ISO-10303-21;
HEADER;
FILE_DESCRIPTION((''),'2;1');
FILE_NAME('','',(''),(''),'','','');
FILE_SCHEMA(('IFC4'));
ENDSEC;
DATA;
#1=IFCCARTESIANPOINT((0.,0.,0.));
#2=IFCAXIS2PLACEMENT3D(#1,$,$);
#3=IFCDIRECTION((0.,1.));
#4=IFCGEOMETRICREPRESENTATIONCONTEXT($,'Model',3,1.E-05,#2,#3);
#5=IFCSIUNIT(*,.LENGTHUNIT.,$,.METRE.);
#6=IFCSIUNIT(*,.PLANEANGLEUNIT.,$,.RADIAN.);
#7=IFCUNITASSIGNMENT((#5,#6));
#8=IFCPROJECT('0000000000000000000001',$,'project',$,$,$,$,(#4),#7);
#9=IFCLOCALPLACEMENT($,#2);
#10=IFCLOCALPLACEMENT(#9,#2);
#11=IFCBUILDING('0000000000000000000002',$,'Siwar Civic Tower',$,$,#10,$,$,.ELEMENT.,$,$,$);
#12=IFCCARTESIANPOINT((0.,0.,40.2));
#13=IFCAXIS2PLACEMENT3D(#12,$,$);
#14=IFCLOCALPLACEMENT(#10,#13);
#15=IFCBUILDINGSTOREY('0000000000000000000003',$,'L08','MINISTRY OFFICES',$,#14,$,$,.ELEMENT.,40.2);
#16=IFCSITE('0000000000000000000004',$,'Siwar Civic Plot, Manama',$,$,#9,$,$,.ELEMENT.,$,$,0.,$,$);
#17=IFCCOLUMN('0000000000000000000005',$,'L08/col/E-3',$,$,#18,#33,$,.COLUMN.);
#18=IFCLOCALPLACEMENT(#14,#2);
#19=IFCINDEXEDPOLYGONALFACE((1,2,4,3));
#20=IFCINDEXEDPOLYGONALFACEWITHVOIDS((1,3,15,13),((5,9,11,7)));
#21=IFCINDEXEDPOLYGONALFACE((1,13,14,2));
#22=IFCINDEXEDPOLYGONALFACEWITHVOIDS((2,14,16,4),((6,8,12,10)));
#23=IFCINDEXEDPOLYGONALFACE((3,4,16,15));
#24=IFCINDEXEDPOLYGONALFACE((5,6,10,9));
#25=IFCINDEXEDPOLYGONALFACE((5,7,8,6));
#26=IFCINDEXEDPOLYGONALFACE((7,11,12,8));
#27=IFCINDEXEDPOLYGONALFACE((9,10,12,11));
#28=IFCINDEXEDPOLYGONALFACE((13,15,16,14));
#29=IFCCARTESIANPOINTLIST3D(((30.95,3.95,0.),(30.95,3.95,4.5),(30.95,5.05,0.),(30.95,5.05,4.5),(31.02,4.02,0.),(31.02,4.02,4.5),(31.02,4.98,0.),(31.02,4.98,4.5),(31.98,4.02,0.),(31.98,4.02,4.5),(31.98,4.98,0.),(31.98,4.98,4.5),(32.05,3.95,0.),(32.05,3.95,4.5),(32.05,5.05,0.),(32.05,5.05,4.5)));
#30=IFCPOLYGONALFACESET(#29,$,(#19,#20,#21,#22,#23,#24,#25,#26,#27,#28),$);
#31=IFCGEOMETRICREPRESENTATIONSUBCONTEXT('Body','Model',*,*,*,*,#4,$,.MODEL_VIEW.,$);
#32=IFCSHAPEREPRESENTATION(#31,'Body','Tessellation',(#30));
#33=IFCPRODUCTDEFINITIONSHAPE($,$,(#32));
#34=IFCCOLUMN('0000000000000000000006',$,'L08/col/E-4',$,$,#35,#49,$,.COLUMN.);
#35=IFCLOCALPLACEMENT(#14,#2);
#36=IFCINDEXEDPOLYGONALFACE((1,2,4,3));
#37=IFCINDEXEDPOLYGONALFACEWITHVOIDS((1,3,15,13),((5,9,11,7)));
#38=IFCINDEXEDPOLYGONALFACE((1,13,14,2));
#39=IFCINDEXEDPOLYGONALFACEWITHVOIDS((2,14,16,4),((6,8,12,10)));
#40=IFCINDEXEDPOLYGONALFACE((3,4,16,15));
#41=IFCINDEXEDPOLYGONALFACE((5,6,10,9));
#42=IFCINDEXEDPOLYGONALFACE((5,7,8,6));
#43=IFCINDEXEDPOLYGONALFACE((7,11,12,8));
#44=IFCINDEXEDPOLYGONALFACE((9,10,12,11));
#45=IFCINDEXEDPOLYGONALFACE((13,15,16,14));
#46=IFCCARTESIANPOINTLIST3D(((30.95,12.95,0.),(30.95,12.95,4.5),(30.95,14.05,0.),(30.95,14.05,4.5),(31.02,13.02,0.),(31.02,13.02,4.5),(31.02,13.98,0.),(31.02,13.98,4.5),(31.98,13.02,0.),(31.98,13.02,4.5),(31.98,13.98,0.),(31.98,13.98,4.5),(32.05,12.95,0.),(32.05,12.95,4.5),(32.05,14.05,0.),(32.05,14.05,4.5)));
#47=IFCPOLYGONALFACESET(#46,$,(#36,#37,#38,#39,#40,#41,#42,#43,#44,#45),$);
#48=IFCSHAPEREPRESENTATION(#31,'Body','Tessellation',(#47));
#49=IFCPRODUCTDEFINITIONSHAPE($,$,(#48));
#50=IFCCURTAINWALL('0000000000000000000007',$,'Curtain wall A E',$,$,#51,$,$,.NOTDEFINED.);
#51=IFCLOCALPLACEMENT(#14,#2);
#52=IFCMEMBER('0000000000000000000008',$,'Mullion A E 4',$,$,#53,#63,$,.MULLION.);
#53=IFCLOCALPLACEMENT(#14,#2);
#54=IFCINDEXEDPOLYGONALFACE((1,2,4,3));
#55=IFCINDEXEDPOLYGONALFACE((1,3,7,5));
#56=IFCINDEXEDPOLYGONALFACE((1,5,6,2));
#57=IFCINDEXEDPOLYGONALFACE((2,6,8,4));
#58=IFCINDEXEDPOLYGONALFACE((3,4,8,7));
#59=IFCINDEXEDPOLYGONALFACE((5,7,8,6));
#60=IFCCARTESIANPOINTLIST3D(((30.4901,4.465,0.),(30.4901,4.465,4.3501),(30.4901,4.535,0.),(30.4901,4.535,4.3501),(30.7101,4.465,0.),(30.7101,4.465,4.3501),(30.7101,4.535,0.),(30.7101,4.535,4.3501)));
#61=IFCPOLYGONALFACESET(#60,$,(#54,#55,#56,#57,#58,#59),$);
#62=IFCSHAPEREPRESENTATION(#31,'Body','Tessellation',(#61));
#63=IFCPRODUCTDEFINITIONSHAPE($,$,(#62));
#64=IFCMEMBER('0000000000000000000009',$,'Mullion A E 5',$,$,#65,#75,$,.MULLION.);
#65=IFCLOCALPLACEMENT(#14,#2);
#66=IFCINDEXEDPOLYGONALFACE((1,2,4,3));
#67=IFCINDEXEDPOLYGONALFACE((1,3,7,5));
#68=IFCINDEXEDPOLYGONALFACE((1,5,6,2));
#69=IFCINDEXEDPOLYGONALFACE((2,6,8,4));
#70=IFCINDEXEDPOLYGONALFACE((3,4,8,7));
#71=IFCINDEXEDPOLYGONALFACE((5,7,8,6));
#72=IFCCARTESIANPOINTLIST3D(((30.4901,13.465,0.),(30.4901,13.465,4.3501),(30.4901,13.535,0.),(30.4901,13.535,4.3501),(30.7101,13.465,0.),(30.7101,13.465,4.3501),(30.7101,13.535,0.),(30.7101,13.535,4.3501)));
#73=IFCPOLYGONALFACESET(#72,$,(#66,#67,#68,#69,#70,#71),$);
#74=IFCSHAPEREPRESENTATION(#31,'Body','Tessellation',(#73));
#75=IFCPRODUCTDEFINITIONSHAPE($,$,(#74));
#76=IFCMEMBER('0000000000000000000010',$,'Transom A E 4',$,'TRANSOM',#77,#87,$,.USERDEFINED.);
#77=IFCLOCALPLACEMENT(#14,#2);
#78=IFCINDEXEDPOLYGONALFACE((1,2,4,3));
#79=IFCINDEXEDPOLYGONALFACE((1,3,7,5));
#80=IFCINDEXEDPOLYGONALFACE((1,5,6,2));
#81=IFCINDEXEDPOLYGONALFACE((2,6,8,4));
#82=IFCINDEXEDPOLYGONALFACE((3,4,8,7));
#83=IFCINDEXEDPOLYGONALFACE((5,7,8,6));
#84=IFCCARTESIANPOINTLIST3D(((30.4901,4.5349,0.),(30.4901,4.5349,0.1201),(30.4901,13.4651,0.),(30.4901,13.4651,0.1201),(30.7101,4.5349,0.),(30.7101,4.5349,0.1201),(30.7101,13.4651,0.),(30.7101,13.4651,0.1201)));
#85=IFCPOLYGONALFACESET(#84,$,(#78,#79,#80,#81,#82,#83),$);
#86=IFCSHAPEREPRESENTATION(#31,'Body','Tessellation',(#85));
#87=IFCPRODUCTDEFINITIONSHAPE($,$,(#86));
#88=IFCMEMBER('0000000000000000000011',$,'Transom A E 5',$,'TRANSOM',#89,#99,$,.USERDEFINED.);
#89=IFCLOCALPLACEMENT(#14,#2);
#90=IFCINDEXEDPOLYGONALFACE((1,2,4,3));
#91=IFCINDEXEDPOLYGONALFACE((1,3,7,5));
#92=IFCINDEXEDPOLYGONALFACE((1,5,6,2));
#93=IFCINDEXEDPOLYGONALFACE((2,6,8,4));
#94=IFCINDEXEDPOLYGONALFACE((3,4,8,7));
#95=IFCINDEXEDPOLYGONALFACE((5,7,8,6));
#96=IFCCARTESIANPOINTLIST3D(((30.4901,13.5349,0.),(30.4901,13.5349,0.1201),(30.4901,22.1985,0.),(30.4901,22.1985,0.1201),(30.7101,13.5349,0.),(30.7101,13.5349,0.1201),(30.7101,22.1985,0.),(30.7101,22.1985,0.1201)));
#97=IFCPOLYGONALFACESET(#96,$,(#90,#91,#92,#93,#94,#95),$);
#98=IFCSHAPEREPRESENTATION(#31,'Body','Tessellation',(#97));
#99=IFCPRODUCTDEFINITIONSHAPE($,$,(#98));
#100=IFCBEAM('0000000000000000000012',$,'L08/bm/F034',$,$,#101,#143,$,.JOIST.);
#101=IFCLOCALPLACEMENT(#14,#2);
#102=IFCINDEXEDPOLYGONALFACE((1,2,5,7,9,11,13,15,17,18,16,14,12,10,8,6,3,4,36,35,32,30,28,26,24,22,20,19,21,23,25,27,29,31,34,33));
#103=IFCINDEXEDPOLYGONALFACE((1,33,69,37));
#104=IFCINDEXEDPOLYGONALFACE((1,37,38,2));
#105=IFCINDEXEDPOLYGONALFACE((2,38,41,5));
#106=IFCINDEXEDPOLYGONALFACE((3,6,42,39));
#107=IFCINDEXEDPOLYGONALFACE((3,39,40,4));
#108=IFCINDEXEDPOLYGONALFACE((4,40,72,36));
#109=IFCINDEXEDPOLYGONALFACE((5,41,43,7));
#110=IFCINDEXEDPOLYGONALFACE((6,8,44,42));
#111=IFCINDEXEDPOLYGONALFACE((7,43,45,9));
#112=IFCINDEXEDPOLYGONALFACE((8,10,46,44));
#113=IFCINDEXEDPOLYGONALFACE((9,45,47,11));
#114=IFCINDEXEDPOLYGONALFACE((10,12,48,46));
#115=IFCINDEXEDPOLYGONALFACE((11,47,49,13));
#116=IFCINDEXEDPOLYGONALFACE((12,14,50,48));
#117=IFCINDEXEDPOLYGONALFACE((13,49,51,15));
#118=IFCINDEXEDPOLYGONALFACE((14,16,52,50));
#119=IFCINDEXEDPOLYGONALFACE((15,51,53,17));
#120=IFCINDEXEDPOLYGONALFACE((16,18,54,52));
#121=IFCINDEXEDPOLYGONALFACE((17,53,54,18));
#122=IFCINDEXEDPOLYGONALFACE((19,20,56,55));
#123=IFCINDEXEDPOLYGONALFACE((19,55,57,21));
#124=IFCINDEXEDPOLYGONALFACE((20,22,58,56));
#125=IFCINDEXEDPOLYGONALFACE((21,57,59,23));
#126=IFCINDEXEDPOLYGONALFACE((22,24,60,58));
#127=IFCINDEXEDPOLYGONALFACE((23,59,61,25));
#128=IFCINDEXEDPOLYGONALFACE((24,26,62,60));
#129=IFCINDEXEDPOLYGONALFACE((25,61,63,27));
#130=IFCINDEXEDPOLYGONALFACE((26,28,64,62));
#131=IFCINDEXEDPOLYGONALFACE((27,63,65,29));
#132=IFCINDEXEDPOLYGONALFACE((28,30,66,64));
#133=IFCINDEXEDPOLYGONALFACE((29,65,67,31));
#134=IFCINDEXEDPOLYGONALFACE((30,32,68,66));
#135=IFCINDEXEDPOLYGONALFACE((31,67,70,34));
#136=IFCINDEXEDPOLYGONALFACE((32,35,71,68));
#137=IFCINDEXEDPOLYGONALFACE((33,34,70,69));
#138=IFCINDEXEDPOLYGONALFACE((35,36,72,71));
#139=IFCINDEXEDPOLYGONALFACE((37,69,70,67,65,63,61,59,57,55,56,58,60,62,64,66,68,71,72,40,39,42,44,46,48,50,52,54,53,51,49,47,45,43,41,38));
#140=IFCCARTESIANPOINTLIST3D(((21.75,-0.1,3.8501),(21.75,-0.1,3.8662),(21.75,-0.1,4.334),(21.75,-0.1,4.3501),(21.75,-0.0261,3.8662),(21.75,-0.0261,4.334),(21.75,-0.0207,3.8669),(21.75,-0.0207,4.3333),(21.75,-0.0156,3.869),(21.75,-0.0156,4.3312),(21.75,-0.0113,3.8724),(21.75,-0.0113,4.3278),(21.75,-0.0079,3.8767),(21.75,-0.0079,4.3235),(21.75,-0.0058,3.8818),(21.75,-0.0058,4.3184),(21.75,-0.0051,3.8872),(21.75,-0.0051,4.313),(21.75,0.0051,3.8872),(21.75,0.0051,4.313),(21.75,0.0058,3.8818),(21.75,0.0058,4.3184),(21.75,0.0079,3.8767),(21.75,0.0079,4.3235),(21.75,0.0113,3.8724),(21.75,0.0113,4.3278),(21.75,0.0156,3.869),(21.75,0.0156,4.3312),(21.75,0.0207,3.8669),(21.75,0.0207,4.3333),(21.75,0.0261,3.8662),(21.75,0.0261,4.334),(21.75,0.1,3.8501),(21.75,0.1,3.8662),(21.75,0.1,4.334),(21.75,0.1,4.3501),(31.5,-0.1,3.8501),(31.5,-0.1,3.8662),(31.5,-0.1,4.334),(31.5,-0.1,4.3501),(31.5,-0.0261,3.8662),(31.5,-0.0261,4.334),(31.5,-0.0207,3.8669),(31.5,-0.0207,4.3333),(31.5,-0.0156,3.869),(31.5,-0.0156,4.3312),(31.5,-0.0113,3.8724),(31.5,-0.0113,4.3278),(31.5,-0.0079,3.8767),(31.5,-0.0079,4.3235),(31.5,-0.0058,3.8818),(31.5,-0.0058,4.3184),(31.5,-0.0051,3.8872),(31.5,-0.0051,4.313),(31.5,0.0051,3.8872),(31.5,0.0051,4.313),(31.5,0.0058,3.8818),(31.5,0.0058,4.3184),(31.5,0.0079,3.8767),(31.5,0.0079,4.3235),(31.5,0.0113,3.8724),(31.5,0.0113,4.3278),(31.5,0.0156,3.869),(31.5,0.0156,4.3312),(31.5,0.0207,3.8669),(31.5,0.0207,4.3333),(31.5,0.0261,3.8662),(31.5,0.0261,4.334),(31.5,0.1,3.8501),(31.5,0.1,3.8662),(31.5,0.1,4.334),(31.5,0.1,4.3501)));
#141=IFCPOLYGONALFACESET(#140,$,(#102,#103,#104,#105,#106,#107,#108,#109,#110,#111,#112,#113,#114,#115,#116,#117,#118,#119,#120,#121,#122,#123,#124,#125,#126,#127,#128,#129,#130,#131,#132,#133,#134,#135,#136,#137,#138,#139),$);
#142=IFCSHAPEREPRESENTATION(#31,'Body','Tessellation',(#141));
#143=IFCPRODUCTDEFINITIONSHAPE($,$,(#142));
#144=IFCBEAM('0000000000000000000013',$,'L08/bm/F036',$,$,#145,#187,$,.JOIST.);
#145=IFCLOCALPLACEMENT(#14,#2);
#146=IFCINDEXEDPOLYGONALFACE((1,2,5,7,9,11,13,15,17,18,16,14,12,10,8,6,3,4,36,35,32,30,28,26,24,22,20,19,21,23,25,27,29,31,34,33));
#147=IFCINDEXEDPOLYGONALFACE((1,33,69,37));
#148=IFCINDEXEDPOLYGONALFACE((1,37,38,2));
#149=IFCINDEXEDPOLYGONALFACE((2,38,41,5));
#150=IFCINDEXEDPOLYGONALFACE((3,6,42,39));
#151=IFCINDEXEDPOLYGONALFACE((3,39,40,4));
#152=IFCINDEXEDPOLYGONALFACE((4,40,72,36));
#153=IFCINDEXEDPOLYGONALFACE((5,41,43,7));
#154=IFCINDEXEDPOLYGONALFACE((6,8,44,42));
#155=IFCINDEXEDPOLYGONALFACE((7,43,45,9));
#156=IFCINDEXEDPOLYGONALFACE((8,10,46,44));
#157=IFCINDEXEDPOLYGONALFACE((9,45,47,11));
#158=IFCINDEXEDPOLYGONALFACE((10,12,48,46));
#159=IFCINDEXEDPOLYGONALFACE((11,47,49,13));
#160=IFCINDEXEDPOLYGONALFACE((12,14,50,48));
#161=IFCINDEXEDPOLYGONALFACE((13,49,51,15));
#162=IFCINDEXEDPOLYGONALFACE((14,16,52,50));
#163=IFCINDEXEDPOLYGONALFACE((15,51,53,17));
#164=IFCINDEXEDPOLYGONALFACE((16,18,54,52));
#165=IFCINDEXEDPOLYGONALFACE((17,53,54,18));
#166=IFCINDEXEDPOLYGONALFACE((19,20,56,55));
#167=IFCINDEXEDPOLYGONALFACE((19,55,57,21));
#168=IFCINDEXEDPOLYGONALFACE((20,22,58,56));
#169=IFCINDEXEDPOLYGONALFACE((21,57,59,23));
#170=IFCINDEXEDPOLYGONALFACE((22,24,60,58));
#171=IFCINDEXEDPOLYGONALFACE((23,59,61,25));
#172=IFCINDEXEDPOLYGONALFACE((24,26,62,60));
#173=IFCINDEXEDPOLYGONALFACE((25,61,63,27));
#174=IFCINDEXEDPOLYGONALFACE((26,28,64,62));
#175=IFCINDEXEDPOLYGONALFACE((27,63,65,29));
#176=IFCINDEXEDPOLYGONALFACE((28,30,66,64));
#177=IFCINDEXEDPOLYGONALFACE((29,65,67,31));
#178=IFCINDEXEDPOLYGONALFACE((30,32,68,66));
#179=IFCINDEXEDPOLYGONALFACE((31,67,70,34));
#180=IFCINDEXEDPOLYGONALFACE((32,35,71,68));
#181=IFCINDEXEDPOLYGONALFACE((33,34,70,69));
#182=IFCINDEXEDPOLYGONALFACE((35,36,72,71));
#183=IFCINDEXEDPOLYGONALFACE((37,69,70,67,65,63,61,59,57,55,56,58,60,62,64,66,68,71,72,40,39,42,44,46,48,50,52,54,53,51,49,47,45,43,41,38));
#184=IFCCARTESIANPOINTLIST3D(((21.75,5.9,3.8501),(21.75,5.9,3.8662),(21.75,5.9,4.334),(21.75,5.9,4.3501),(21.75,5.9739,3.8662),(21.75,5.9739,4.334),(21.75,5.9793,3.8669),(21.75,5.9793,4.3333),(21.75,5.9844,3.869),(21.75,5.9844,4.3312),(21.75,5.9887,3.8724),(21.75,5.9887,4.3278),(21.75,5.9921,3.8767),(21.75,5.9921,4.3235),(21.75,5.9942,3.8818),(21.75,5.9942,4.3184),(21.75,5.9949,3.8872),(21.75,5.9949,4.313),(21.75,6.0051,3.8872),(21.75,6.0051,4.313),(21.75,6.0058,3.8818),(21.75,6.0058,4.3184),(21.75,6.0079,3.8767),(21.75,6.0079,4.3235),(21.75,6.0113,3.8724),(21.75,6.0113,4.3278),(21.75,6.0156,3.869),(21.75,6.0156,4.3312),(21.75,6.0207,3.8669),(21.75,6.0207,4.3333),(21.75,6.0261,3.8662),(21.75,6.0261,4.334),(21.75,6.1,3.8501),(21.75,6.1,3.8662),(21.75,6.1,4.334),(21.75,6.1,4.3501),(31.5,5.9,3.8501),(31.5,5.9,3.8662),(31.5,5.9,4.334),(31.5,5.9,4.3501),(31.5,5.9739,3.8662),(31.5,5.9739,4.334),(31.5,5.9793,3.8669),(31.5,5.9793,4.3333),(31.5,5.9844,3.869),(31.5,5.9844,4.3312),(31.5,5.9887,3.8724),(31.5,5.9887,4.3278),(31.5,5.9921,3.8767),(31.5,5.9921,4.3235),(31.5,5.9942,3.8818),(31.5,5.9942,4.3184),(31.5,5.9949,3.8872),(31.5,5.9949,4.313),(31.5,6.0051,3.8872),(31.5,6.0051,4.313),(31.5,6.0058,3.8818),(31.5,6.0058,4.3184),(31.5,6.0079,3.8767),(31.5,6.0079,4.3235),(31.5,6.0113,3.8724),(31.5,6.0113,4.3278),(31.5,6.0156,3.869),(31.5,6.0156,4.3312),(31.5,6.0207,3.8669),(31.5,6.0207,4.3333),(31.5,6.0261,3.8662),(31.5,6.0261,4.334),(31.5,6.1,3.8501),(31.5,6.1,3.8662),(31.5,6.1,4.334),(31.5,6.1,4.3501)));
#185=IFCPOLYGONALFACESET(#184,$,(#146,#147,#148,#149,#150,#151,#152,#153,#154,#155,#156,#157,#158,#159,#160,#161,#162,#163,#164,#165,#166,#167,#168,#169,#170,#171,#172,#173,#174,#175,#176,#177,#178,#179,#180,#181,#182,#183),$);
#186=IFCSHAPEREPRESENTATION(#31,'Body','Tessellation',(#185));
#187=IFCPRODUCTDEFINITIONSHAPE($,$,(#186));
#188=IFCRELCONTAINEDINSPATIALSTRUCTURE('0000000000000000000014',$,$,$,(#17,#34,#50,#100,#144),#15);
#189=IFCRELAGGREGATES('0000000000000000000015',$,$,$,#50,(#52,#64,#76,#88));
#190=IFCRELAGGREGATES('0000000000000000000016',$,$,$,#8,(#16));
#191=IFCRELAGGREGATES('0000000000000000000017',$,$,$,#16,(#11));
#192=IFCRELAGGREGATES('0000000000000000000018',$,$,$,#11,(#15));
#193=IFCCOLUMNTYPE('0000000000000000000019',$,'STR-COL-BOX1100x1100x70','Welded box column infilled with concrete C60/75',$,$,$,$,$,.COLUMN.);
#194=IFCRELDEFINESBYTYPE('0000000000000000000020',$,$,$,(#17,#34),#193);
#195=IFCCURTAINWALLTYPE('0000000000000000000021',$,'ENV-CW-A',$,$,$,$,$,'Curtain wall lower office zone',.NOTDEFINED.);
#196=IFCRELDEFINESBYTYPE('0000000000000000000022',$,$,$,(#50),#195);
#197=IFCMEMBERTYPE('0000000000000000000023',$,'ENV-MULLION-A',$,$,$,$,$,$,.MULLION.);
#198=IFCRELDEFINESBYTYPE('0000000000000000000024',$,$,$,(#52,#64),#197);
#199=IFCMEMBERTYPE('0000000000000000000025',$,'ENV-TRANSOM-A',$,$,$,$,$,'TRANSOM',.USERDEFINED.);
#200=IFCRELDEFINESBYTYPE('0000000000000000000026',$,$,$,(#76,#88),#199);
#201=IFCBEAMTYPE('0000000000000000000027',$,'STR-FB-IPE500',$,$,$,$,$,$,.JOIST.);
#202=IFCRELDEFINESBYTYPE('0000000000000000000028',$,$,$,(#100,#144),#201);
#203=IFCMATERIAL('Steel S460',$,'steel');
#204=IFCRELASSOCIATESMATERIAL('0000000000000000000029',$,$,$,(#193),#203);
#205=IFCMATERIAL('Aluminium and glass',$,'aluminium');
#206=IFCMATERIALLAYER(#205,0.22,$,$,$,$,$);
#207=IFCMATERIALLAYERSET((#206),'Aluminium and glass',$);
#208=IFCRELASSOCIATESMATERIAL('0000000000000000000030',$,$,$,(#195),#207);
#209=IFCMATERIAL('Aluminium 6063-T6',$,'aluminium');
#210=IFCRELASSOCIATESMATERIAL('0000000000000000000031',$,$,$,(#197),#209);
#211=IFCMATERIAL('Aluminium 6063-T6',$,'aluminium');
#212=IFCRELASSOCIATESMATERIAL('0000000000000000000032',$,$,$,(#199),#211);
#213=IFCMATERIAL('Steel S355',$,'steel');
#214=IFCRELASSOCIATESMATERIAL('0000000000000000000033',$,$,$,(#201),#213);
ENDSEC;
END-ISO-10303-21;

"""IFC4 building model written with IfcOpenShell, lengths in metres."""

from ifc_helpers import new_model, si_unit, direction, frame, origin, origin_2d, place, context, subcontext, project, spatial, rectangle, hollow_rectangle, i_section, extrude, material, layer, layer_set, material_profile, profile_set, type_object, element, aggregate, save


model = new_model("IFC4")

# Units and contexts
model_context = context("Model", 3, precision=1e-05, world=origin(), true_north=direction((0.0, 1.0)))
body_context = subcontext(model_context, "Body", "Model", "MODEL_VIEW")
ifc_project = project(units=[si_unit("LENGTHUNIT", "METRE"), si_unit("PLANEANGLEUNIT", "RADIAN")], contexts=[model_context])

# Site, building, storey
site_placement = place(None, origin())
site = spatial("IfcSite", under=ifc_project, at=site_placement, Name="Siwar Civic Plot, Manama", CompositionType="ELEMENT", RefElevation=0.0)
building_placement = place(site_placement, origin())
building = spatial("IfcBuilding", under=site, at=building_placement, Name="Siwar Civic Tower", CompositionType="ELEMENT")
storey_placement = place(building_placement, frame((0.0, 0.0, 40.2)))
storey = spatial("IfcBuildingStorey", under=building, at=storey_placement, Name="L08", Description="MINISTRY OFFICES", CompositionType="ELEMENT", Elevation=40.2)

# Columns
ifc_material_1 = material(Name="Steel S460", Category="steel")
ifc_material_profile_1 = material_profile(ifc_material_1, hollow_rectangle(XDim=1.1001, YDim=1.1001, WallThickness=0.0701, at=origin_2d()), Name="BOX1100x1100x70")
ifc_profile_set_1 = profile_set([ifc_material_profile_1], Name="Steel S460")
column_type = type_object("IfcColumnType", Name="STR-COL-BOX1100x1100x70", Description="Welded box column infilled with concrete C60/75", PredefinedType="COLUMN", material=ifc_profile_set_1)
for number, where, z_axis, x_axis, name in (
    (1, (31.5, 4.5, 0.0), (0.0, 0.0, 1.0), (1.0, 0.0, 0.0), "L08/col/E-3"),
    (2, (31.5, 13.5, 0.0), (0.0, 0.0, 1.0), (1.0, 0.0, 0.0), "L08/col/E-4"),
):
    element("IfcColumn", number, at=place(storey_placement, frame(where, z_axis=z_axis, x_axis=x_axis)), inside=storey, type_object=column_type, Name=name, PredefinedType="COLUMN", context=body_context, shape_type="SweptSolid", body=[
        extrude(hollow_rectangle(XDim=1.1001, YDim=1.1001, WallThickness=0.0701, at=origin_2d()), origin(), (0.0, 0.0, 1.0), 4.5),
    ])

# Curtain wall, members
ifc_material_2 = material(Name="Aluminium and glass", Category="aluminium")
ifc_layer_1 = layer(ifc_material_2, 0.22)
ifc_layer_set_1 = layer_set([ifc_layer_1], Name="Aluminium and glass")
curtain_wall_type = type_object("IfcCurtainWallType", Name="ENV-CW-A", ElementType="Curtain wall lower office zone", PredefinedType="NOTDEFINED", material=ifc_layer_set_1)
curtain_wall_placement = place(storey_placement, origin())
curtain_wall = element("IfcCurtainWall", 3, at=curtain_wall_placement, inside=storey, type_object=curtain_wall_type, Name="Curtain wall A E", PredefinedType="NOTDEFINED")
ifc_material_3 = material(Name="Aluminium 6063-T6", Category="aluminium")
ifc_material_profile_2 = material_profile(ifc_material_3, rectangle(XDim=0.22, YDim=0.0701, at=origin_2d()), Name="AL 220x70")
ifc_profile_set_2 = profile_set([ifc_material_profile_2], Name="Aluminium 6063-T6")
member_type_1 = type_object("IfcMemberType", Name="ENV-MULLION-A", PredefinedType="MULLION", material=ifc_profile_set_2)
member_1_placement = place(storey_placement, frame((30.6001, 4.5, 0.0), z_axis=(0.0, 0.0, 1.0), x_axis=(-1.0, 0.0, 0.0)))
member_1 = element("IfcMember", 4, at=member_1_placement, type_object=member_type_1, Name="Mullion A E 4", PredefinedType="MULLION", context=body_context, shape_type="SweptSolid", body=[
    extrude(rectangle(XDim=0.22, YDim=0.0701, at=origin_2d()), origin(), (0.0, 0.0, 1.0), 4.3501),
])
member_2_placement = place(storey_placement, frame((30.6001, 13.5, 0.0), z_axis=(0.0, 0.0, 1.0), x_axis=(-1.0, 0.0, 0.0)))
member_2 = element("IfcMember", 5, at=member_2_placement, type_object=member_type_1, Name="Mullion A E 5", PredefinedType="MULLION", context=body_context, shape_type="SweptSolid", body=[
    extrude(rectangle(XDim=0.22, YDim=0.0701, at=origin_2d()), origin(), (0.0, 0.0, 1.0), 4.3501),
])
ifc_material_4 = material(Name="Aluminium 6063-T6", Category="aluminium")
ifc_material_profile_3 = material_profile(ifc_material_4, rectangle(XDim=0.22, YDim=0.1201, at=origin_2d()), Name="AL 220x120")
ifc_profile_set_3 = profile_set([ifc_material_profile_3], Name="Aluminium 6063-T6")
member_type_2 = type_object("IfcMemberType", Name="ENV-TRANSOM-A", ElementType="TRANSOM", PredefinedType="USERDEFINED", material=ifc_profile_set_3)
member_3_placement = place(storey_placement, frame((30.6001, 4.5349, 0.0601), z_axis=(0.0, 1.0, 0.0), x_axis=(-1.0, 0.0, 0.0)))
member_3 = element("IfcMember", 6, at=member_3_placement, type_object=member_type_2, Name="Transom A E 4", ObjectType="TRANSOM", PredefinedType="USERDEFINED", context=body_context, shape_type="SweptSolid", body=[
    extrude(rectangle(XDim=0.22, YDim=0.1201, at=origin_2d()), origin(), (0.0, 0.0, 1.0), 8.9302),
])
member_4_placement = place(storey_placement, frame((30.6001, 13.5349, 0.0601), z_axis=(0.0, 1.0, 0.0), x_axis=(-1.0, 0.0, 0.0)))
member_4 = element("IfcMember", 7, at=member_4_placement, type_object=member_type_2, Name="Transom A E 5", ObjectType="TRANSOM", PredefinedType="USERDEFINED", context=body_context, shape_type="SweptSolid", body=[
    extrude(rectangle(XDim=0.22, YDim=0.1201, at=origin_2d()), origin(), (0.0, 0.0, 1.0), 8.6636),
])

# Beams
ifc_material_5 = material(Name="Steel S355", Category="steel")
ifc_material_profile_4 = material_profile(ifc_material_5, i_section(OverallWidth=0.2, OverallDepth=0.5, WebThickness=0.0103, FlangeThickness=0.0161, FilletRadius=0.021, at=origin_2d()), Name="IPE500")
ifc_profile_set_4 = profile_set([ifc_material_profile_4], Name="Steel S355")
beam_type_1 = type_object("IfcBeamType", Name="STR-FB-IPE500", PredefinedType="JOIST", material=ifc_profile_set_4)
for number, where, z_axis, x_axis, name in (
    (8, (21.75, 0.0, 4.1001), (1.0, 0.0, 0.0), (0.0, 1.0, 0.0), "L08/bm/F034"),
    (9, (21.75, 6.0, 4.1001), (1.0, 0.0, 0.0), (0.0, 1.0, 0.0), "L08/bm/F036"),
):
    element("IfcBeam", number, at=place(storey_placement, frame(where, z_axis=z_axis, x_axis=x_axis)), inside=storey, type_object=beam_type_1, Name=name, PredefinedType="JOIST", context=body_context, shape_type="SweptSolid", body=[
        extrude(i_section(OverallWidth=0.2, OverallDepth=0.5, WebThickness=0.0103, FlangeThickness=0.0161, FilletRadius=0.021, at=origin_2d()), origin(), (0.0, 0.0, 1.0), 9.75),
    ])

aggregate(curtain_wall, [member_1, member_2, member_3, member_4])

save(model, "model.ifc")
